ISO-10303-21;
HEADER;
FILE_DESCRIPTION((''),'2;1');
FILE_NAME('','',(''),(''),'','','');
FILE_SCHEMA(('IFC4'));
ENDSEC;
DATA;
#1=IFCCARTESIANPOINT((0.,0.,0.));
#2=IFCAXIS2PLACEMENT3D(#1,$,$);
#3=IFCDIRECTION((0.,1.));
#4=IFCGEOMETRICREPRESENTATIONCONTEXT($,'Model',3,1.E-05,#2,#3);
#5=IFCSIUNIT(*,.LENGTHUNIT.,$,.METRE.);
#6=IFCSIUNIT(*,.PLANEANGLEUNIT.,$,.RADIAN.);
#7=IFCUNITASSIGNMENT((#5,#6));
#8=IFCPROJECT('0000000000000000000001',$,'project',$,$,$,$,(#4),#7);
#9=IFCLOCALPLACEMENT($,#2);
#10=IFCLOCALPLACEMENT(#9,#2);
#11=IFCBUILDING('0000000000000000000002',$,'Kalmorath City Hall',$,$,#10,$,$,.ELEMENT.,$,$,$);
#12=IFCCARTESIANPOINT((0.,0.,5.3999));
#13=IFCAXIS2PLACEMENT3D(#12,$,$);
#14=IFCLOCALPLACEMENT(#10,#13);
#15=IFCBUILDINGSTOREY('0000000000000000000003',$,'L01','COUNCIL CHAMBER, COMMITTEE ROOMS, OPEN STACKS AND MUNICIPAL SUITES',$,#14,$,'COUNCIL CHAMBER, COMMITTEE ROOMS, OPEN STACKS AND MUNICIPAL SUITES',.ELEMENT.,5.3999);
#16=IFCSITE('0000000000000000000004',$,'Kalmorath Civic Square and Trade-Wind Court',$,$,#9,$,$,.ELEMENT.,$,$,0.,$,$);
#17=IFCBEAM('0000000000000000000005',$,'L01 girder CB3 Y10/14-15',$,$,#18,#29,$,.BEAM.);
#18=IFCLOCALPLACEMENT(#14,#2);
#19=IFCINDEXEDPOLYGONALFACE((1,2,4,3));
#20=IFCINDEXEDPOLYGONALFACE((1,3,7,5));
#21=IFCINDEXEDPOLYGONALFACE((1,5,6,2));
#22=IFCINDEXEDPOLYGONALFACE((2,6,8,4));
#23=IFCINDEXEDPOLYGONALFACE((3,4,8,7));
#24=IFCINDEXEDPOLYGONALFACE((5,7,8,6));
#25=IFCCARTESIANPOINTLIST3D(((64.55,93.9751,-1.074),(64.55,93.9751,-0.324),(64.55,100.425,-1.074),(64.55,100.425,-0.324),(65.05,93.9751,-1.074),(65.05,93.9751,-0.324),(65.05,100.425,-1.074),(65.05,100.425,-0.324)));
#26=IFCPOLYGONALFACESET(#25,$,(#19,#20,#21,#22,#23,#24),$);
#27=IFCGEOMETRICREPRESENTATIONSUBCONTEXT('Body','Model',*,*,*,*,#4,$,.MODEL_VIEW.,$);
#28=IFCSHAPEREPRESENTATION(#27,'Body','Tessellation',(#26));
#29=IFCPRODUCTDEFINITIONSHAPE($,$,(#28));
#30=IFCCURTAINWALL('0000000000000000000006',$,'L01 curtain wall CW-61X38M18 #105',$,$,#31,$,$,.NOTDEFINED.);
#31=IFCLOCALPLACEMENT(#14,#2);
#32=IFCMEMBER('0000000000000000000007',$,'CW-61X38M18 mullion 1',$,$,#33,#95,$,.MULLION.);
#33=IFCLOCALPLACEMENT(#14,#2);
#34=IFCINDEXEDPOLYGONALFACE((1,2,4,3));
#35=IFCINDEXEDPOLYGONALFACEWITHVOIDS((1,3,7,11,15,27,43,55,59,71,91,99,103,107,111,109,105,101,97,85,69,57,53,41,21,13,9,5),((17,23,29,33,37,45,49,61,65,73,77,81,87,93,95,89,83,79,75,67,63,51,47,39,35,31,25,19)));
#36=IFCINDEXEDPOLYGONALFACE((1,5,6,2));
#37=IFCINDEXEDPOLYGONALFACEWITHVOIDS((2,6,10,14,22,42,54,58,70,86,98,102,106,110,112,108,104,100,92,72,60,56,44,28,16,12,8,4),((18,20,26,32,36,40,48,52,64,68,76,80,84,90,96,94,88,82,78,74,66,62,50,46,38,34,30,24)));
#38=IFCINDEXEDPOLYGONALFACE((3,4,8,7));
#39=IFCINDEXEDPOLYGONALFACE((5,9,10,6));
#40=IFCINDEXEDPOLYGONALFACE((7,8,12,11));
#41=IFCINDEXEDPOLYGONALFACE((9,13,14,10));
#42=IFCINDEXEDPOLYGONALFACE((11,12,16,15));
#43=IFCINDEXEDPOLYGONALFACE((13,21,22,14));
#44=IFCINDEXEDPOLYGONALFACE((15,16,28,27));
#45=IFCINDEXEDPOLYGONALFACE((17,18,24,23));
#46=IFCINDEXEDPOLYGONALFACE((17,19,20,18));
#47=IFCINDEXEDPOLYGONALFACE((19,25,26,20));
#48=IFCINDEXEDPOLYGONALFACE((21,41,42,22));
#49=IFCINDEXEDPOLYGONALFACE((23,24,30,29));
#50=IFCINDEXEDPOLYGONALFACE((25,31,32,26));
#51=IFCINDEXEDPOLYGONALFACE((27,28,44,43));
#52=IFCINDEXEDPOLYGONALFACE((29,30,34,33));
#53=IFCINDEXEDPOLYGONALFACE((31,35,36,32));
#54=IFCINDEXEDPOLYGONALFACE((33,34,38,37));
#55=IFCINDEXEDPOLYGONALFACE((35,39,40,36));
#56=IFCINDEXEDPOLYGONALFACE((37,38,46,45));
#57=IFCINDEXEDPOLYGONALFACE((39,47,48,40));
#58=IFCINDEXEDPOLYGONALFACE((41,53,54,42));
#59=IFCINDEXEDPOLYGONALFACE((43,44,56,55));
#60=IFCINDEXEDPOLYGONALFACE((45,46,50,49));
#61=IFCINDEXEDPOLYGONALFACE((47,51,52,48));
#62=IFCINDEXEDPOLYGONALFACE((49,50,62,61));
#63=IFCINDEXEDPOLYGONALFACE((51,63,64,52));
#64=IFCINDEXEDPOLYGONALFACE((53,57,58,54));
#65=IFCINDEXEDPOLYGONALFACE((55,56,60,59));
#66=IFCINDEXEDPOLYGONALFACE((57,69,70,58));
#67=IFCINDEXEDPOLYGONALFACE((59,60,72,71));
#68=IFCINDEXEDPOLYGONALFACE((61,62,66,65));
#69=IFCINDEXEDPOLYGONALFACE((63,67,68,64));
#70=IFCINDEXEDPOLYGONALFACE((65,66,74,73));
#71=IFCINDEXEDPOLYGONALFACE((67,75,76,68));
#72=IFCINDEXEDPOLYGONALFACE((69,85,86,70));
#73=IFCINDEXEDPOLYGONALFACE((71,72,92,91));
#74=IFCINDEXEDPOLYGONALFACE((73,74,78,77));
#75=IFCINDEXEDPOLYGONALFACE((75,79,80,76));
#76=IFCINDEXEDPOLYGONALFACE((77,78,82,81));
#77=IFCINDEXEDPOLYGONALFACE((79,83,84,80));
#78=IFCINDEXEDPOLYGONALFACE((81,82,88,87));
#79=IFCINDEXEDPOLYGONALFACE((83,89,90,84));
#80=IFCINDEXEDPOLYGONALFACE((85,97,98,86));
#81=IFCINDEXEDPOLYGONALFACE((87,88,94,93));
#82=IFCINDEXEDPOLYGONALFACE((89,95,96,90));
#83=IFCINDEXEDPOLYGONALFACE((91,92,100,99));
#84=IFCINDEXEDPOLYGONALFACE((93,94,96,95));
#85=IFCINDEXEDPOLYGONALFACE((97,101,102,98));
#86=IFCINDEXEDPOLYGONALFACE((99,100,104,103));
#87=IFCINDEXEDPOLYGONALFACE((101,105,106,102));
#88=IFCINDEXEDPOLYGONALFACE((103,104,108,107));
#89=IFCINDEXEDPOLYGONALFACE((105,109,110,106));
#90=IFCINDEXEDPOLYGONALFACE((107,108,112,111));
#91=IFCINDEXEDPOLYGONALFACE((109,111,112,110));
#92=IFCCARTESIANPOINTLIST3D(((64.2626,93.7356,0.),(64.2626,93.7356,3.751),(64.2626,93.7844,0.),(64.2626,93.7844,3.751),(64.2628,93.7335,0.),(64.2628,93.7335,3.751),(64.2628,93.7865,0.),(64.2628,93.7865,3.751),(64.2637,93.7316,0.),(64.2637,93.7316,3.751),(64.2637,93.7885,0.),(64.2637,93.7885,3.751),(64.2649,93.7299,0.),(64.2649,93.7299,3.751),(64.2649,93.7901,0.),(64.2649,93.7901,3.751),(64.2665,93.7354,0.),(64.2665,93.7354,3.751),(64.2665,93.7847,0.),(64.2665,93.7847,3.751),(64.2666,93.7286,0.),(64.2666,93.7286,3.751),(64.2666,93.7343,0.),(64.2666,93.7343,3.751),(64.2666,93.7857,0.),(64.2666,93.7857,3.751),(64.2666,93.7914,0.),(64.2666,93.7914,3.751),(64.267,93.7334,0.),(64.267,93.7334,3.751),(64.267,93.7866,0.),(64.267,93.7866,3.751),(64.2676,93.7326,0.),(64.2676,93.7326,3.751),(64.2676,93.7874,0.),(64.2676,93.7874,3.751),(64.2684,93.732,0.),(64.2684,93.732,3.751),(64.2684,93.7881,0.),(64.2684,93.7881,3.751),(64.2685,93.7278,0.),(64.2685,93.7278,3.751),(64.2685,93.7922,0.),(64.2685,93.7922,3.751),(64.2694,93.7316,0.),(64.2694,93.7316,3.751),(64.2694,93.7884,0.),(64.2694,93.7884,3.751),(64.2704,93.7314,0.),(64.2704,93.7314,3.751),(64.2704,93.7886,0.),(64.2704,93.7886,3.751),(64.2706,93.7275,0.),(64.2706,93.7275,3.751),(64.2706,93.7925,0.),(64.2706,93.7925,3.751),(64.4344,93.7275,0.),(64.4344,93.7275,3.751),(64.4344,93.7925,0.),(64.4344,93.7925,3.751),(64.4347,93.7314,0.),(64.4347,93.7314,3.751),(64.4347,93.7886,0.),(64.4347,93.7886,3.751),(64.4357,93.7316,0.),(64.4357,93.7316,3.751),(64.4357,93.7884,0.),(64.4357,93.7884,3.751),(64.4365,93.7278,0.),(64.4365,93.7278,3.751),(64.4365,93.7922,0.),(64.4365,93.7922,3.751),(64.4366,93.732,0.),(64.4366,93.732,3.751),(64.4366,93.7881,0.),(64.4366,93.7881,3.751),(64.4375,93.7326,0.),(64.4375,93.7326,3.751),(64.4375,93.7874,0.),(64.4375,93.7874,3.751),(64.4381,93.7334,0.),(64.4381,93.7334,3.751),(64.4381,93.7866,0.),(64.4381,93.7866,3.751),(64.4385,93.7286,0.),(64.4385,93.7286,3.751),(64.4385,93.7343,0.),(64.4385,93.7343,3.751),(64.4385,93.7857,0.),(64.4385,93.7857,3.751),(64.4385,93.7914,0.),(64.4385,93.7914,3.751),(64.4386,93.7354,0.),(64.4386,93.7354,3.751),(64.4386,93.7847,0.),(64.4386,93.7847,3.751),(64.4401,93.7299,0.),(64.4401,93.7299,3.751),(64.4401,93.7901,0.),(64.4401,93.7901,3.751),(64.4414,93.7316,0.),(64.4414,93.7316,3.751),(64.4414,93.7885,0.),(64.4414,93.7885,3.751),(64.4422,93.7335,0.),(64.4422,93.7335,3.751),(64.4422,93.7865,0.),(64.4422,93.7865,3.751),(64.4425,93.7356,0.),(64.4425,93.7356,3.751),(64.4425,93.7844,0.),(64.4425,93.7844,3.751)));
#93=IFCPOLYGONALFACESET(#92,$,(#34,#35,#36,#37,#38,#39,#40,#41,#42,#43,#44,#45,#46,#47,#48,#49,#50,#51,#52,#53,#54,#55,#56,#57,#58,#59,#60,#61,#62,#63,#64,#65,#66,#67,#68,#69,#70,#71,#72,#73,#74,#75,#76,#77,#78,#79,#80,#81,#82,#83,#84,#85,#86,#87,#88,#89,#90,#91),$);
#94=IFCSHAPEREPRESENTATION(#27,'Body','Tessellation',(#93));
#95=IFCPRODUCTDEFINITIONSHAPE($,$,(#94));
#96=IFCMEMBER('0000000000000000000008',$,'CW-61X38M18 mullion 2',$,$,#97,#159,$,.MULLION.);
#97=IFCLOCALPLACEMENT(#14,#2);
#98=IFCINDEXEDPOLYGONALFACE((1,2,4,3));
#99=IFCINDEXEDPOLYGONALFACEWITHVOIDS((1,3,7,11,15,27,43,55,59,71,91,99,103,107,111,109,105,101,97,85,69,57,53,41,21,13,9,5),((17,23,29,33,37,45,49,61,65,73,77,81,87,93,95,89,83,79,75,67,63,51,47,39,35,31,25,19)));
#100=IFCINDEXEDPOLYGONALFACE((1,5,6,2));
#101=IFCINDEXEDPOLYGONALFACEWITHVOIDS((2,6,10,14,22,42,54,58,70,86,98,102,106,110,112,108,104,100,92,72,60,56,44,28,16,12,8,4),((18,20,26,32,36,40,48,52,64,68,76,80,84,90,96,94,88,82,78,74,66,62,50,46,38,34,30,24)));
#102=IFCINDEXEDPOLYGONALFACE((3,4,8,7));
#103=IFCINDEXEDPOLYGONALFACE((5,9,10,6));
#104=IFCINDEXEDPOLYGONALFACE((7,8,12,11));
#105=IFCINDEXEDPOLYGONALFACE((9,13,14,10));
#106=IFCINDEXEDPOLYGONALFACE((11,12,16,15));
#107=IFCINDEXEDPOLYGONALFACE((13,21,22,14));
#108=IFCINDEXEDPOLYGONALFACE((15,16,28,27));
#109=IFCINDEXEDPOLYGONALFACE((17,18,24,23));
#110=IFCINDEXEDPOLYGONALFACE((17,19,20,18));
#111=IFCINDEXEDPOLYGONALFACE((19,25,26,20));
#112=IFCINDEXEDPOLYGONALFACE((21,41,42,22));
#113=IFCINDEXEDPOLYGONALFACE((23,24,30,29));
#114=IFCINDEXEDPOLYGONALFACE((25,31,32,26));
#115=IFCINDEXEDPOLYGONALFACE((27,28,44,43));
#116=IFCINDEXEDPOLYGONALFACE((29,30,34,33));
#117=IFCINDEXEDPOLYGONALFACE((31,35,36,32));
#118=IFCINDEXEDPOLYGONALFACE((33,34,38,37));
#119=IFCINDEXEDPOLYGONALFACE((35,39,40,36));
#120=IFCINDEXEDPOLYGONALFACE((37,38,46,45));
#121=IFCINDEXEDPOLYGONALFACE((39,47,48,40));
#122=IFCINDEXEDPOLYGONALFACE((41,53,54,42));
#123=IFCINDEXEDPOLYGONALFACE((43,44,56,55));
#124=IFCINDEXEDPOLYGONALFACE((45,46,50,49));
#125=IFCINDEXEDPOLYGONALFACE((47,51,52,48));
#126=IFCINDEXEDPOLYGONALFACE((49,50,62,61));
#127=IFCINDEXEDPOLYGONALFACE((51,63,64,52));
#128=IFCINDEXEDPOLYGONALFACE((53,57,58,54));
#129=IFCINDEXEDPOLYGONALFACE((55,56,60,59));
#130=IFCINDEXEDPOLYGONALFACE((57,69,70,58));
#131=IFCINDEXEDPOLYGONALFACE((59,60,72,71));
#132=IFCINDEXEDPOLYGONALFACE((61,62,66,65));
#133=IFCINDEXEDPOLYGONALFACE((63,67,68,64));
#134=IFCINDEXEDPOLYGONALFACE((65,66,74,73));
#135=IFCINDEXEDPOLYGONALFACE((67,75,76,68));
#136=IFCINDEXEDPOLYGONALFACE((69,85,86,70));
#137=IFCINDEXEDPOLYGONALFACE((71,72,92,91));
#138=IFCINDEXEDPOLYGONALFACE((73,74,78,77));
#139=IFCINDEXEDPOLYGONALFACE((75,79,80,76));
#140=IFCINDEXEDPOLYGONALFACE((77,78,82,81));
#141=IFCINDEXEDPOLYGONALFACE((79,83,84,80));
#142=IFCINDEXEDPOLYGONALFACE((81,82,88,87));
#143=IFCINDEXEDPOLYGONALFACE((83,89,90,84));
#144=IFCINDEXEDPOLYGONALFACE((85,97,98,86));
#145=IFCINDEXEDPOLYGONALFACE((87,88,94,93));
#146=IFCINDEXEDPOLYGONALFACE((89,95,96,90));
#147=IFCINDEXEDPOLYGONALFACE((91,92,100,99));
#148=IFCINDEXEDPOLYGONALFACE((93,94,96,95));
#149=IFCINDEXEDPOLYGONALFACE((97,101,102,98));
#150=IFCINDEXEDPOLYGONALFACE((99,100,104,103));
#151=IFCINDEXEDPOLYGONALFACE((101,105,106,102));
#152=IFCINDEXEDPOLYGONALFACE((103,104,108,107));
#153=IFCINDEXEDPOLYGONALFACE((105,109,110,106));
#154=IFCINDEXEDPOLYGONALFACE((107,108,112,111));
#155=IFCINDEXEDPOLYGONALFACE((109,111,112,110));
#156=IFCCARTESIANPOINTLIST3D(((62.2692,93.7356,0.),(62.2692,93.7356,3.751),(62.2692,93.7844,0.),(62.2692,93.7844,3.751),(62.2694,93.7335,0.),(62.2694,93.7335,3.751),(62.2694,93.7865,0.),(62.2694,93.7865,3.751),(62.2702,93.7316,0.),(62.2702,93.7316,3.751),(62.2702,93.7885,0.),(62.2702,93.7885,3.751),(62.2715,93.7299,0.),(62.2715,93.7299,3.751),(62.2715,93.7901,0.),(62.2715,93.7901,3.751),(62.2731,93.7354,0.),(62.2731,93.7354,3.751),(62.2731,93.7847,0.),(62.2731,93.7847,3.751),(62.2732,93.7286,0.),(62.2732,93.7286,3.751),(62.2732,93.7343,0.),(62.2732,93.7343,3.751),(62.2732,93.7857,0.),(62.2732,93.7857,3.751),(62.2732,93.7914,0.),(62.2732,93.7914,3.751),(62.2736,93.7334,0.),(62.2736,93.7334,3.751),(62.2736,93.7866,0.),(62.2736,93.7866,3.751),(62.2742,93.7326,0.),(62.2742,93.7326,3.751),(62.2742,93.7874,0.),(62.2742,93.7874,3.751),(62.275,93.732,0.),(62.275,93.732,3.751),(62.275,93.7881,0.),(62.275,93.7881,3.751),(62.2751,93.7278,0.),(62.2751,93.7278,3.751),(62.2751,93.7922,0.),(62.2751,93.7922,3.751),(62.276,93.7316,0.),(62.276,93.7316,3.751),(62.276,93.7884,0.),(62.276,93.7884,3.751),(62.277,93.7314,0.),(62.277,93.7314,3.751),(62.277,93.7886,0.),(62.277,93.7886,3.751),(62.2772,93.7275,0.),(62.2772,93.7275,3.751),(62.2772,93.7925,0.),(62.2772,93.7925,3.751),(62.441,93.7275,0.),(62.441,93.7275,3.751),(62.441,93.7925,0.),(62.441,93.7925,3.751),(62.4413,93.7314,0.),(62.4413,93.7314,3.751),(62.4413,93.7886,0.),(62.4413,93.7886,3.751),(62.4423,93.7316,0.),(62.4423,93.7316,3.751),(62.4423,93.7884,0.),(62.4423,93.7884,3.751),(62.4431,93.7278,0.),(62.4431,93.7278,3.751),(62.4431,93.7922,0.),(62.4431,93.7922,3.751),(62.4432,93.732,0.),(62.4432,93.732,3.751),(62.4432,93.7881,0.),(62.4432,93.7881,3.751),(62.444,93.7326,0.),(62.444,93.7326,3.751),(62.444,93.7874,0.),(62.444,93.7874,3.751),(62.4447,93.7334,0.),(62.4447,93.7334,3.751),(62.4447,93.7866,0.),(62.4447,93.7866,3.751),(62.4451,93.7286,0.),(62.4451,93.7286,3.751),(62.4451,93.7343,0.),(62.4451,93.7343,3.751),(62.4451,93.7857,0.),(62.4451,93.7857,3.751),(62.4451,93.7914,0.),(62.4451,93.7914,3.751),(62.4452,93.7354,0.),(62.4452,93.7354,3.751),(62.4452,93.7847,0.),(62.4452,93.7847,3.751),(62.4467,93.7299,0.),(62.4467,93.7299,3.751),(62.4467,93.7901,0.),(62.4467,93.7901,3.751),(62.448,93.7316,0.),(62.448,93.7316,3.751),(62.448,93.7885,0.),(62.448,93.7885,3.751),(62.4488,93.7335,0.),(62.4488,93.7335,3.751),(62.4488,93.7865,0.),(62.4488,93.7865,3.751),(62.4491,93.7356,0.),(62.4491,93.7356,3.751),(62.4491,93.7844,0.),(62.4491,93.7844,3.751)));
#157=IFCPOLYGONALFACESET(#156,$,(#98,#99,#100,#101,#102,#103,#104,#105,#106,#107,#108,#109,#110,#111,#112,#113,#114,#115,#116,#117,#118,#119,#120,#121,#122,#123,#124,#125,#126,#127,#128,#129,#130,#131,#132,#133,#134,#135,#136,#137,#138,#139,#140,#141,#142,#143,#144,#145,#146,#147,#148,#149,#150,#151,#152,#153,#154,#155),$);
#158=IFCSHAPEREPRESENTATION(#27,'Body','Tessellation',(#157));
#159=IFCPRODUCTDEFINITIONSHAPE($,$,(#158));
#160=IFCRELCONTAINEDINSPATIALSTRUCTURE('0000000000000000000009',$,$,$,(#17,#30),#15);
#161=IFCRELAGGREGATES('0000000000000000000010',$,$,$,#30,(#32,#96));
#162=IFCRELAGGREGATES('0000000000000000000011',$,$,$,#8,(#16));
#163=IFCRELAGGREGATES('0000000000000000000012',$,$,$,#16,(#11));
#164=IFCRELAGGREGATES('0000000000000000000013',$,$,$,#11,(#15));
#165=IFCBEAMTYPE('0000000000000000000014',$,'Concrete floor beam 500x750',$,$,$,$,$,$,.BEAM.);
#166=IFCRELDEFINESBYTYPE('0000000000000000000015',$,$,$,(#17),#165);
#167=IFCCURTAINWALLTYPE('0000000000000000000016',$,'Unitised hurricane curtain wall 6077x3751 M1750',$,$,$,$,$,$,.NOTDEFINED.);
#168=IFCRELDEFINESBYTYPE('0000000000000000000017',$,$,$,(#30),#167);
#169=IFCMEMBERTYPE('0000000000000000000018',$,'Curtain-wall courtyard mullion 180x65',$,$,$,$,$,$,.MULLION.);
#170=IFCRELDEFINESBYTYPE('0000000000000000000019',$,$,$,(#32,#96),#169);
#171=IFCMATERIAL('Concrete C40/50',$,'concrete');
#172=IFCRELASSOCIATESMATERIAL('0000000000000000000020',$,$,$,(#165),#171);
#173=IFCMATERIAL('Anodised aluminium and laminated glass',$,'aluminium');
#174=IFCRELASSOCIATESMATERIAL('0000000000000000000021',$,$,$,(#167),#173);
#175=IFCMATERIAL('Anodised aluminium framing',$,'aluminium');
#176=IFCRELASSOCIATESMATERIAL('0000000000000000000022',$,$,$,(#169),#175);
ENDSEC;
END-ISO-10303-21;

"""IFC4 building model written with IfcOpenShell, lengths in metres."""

from ifc_helpers import new_model, si_unit, direction, frame, origin, origin_2d, place, context, subcontext, project, spatial, rectangle, hollow_rectangle, extrude, material, material_profile, profile_set, type_object, element, aggregate, save


model = new_model("IFC4")

# Units and contexts
model_context = context("Model", 3, precision=1e-05, world=origin(), true_north=direction((0.0, 1.0)))
body_context = subcontext(model_context, "Body", "Model", "MODEL_VIEW")
ifc_project = project(units=[si_unit("LENGTHUNIT", "METRE"), si_unit("PLANEANGLEUNIT", "RADIAN")], contexts=[model_context])

# Site, building, storey
site_placement = place(None, origin())
site = spatial("IfcSite", under=ifc_project, at=site_placement, Name="Kalmorath Civic Square and Trade-Wind Court", CompositionType="ELEMENT", RefElevation=0.0)
building_placement = place(site_placement, origin())
building = spatial("IfcBuilding", under=site, at=building_placement, Name="Kalmorath City Hall", CompositionType="ELEMENT")
storey_placement = place(building_placement, frame((0.0, 0.0, 5.3999)))
storey = spatial("IfcBuildingStorey", under=building, at=storey_placement, Name="L01", Description="COUNCIL CHAMBER, COMMITTEE ROOMS, OPEN STACKS AND MUNICIPAL SUITES", LongName="COUNCIL CHAMBER, COMMITTEE ROOMS, OPEN STACKS AND MUNICIPAL SUITES", CompositionType="ELEMENT", Elevation=5.3999)

# Beam
ifc_material_1 = material(Name="Concrete C40/50", Category="concrete")
ifc_material_profile_1 = material_profile(ifc_material_1, rectangle(XDim=0.5, YDim=0.75, at=origin_2d()), Name="RC-BM-500X750")
ifc_profile_set_1 = profile_set([ifc_material_profile_1], Name="Concrete C40/50")
beam_type = type_object("IfcBeamType", Name="Concrete floor beam 500x750", PredefinedType="BEAM", material=ifc_profile_set_1)
beam_placement = place(storey_placement, frame((64.8, 93.9751, -0.699), z_axis=(0.0, 1.0, 0.0), x_axis=(-1.0, 0.0, 0.0)))
element("IfcBeam", 1, at=beam_placement, inside=storey, type_object=beam_type, Name="L01 girder CB3 Y10/14-15", PredefinedType="BEAM", context=body_context, shape_type="SweptSolid", body=[
    extrude(rectangle(XDim=0.5, YDim=0.75, at=origin_2d()), origin(), (0.0, 0.0, 1.0), 6.45),
])

# Curtain wall, members
ifc_material_2 = material(Name="Anodised aluminium and laminated glass", Category="aluminium")
curtain_wall_type = type_object("IfcCurtainWallType", Name="Unitised hurricane curtain wall 6077x3751 M1750", PredefinedType="NOTDEFINED", material=ifc_material_2)
curtain_wall_placement = place(storey_placement, origin())
curtain_wall = element("IfcCurtainWall", 2, at=curtain_wall_placement, inside=storey, type_object=curtain_wall_type, Name="L01 curtain wall CW-61X38M18 #105", PredefinedType="NOTDEFINED")
ifc_material_3 = material(Name="Anodised aluminium framing", Category="aluminium")
ifc_material_profile_2 = material_profile(ifc_material_3, hollow_rectangle(XDim=0.0649, YDim=0.1799, WallThickness=0.0039, InnerFilletRadius=0.0039, OuterFilletRadius=0.0081, at=origin_2d()), Name="ALU-MUL-180X65X4")
ifc_profile_set_2 = profile_set([ifc_material_profile_2], Name="Anodised aluminium framing")
member_type_1 = type_object("IfcMemberType", Name="Curtain-wall courtyard mullion 180x65", PredefinedType="MULLION", material=ifc_profile_set_2)
member_1_placement = place(storey_placement, frame((64.3525, 93.76, 0.0), z_axis=(0.0, 0.0, 1.0), x_axis=(0.0, -1.0, 0.0)))
member_1 = element("IfcMember", 3, at=member_1_placement, type_object=member_type_1, Name="CW-61X38M18 mullion 1", PredefinedType="MULLION", context=body_context, shape_type="SweptSolid", body=[
    extrude(hollow_rectangle(XDim=0.0649, YDim=0.1799, WallThickness=0.0039, InnerFilletRadius=0.0039, OuterFilletRadius=0.0081, at=origin_2d()), origin(), (0.0, 0.0, 1.0), 3.751),
])
member_2_placement = place(storey_placement, frame((62.3591, 93.76, 0.0), z_axis=(0.0, 0.0, 1.0), x_axis=(0.0, -1.0, 0.0)))
member_2 = element("IfcMember", 4, at=member_2_placement, type_object=member_type_1, Name="CW-61X38M18 mullion 2", PredefinedType="MULLION", context=body_context, shape_type="SweptSolid", body=[
    extrude(hollow_rectangle(XDim=0.0649, YDim=0.1799, WallThickness=0.0039, InnerFilletRadius=0.0039, OuterFilletRadius=0.0081, at=origin_2d()), origin(), (0.0, 0.0, 1.0), 3.751),
])
aggregate(curtain_wall, [member_1, member_2])

save(model, "model.ifc")
